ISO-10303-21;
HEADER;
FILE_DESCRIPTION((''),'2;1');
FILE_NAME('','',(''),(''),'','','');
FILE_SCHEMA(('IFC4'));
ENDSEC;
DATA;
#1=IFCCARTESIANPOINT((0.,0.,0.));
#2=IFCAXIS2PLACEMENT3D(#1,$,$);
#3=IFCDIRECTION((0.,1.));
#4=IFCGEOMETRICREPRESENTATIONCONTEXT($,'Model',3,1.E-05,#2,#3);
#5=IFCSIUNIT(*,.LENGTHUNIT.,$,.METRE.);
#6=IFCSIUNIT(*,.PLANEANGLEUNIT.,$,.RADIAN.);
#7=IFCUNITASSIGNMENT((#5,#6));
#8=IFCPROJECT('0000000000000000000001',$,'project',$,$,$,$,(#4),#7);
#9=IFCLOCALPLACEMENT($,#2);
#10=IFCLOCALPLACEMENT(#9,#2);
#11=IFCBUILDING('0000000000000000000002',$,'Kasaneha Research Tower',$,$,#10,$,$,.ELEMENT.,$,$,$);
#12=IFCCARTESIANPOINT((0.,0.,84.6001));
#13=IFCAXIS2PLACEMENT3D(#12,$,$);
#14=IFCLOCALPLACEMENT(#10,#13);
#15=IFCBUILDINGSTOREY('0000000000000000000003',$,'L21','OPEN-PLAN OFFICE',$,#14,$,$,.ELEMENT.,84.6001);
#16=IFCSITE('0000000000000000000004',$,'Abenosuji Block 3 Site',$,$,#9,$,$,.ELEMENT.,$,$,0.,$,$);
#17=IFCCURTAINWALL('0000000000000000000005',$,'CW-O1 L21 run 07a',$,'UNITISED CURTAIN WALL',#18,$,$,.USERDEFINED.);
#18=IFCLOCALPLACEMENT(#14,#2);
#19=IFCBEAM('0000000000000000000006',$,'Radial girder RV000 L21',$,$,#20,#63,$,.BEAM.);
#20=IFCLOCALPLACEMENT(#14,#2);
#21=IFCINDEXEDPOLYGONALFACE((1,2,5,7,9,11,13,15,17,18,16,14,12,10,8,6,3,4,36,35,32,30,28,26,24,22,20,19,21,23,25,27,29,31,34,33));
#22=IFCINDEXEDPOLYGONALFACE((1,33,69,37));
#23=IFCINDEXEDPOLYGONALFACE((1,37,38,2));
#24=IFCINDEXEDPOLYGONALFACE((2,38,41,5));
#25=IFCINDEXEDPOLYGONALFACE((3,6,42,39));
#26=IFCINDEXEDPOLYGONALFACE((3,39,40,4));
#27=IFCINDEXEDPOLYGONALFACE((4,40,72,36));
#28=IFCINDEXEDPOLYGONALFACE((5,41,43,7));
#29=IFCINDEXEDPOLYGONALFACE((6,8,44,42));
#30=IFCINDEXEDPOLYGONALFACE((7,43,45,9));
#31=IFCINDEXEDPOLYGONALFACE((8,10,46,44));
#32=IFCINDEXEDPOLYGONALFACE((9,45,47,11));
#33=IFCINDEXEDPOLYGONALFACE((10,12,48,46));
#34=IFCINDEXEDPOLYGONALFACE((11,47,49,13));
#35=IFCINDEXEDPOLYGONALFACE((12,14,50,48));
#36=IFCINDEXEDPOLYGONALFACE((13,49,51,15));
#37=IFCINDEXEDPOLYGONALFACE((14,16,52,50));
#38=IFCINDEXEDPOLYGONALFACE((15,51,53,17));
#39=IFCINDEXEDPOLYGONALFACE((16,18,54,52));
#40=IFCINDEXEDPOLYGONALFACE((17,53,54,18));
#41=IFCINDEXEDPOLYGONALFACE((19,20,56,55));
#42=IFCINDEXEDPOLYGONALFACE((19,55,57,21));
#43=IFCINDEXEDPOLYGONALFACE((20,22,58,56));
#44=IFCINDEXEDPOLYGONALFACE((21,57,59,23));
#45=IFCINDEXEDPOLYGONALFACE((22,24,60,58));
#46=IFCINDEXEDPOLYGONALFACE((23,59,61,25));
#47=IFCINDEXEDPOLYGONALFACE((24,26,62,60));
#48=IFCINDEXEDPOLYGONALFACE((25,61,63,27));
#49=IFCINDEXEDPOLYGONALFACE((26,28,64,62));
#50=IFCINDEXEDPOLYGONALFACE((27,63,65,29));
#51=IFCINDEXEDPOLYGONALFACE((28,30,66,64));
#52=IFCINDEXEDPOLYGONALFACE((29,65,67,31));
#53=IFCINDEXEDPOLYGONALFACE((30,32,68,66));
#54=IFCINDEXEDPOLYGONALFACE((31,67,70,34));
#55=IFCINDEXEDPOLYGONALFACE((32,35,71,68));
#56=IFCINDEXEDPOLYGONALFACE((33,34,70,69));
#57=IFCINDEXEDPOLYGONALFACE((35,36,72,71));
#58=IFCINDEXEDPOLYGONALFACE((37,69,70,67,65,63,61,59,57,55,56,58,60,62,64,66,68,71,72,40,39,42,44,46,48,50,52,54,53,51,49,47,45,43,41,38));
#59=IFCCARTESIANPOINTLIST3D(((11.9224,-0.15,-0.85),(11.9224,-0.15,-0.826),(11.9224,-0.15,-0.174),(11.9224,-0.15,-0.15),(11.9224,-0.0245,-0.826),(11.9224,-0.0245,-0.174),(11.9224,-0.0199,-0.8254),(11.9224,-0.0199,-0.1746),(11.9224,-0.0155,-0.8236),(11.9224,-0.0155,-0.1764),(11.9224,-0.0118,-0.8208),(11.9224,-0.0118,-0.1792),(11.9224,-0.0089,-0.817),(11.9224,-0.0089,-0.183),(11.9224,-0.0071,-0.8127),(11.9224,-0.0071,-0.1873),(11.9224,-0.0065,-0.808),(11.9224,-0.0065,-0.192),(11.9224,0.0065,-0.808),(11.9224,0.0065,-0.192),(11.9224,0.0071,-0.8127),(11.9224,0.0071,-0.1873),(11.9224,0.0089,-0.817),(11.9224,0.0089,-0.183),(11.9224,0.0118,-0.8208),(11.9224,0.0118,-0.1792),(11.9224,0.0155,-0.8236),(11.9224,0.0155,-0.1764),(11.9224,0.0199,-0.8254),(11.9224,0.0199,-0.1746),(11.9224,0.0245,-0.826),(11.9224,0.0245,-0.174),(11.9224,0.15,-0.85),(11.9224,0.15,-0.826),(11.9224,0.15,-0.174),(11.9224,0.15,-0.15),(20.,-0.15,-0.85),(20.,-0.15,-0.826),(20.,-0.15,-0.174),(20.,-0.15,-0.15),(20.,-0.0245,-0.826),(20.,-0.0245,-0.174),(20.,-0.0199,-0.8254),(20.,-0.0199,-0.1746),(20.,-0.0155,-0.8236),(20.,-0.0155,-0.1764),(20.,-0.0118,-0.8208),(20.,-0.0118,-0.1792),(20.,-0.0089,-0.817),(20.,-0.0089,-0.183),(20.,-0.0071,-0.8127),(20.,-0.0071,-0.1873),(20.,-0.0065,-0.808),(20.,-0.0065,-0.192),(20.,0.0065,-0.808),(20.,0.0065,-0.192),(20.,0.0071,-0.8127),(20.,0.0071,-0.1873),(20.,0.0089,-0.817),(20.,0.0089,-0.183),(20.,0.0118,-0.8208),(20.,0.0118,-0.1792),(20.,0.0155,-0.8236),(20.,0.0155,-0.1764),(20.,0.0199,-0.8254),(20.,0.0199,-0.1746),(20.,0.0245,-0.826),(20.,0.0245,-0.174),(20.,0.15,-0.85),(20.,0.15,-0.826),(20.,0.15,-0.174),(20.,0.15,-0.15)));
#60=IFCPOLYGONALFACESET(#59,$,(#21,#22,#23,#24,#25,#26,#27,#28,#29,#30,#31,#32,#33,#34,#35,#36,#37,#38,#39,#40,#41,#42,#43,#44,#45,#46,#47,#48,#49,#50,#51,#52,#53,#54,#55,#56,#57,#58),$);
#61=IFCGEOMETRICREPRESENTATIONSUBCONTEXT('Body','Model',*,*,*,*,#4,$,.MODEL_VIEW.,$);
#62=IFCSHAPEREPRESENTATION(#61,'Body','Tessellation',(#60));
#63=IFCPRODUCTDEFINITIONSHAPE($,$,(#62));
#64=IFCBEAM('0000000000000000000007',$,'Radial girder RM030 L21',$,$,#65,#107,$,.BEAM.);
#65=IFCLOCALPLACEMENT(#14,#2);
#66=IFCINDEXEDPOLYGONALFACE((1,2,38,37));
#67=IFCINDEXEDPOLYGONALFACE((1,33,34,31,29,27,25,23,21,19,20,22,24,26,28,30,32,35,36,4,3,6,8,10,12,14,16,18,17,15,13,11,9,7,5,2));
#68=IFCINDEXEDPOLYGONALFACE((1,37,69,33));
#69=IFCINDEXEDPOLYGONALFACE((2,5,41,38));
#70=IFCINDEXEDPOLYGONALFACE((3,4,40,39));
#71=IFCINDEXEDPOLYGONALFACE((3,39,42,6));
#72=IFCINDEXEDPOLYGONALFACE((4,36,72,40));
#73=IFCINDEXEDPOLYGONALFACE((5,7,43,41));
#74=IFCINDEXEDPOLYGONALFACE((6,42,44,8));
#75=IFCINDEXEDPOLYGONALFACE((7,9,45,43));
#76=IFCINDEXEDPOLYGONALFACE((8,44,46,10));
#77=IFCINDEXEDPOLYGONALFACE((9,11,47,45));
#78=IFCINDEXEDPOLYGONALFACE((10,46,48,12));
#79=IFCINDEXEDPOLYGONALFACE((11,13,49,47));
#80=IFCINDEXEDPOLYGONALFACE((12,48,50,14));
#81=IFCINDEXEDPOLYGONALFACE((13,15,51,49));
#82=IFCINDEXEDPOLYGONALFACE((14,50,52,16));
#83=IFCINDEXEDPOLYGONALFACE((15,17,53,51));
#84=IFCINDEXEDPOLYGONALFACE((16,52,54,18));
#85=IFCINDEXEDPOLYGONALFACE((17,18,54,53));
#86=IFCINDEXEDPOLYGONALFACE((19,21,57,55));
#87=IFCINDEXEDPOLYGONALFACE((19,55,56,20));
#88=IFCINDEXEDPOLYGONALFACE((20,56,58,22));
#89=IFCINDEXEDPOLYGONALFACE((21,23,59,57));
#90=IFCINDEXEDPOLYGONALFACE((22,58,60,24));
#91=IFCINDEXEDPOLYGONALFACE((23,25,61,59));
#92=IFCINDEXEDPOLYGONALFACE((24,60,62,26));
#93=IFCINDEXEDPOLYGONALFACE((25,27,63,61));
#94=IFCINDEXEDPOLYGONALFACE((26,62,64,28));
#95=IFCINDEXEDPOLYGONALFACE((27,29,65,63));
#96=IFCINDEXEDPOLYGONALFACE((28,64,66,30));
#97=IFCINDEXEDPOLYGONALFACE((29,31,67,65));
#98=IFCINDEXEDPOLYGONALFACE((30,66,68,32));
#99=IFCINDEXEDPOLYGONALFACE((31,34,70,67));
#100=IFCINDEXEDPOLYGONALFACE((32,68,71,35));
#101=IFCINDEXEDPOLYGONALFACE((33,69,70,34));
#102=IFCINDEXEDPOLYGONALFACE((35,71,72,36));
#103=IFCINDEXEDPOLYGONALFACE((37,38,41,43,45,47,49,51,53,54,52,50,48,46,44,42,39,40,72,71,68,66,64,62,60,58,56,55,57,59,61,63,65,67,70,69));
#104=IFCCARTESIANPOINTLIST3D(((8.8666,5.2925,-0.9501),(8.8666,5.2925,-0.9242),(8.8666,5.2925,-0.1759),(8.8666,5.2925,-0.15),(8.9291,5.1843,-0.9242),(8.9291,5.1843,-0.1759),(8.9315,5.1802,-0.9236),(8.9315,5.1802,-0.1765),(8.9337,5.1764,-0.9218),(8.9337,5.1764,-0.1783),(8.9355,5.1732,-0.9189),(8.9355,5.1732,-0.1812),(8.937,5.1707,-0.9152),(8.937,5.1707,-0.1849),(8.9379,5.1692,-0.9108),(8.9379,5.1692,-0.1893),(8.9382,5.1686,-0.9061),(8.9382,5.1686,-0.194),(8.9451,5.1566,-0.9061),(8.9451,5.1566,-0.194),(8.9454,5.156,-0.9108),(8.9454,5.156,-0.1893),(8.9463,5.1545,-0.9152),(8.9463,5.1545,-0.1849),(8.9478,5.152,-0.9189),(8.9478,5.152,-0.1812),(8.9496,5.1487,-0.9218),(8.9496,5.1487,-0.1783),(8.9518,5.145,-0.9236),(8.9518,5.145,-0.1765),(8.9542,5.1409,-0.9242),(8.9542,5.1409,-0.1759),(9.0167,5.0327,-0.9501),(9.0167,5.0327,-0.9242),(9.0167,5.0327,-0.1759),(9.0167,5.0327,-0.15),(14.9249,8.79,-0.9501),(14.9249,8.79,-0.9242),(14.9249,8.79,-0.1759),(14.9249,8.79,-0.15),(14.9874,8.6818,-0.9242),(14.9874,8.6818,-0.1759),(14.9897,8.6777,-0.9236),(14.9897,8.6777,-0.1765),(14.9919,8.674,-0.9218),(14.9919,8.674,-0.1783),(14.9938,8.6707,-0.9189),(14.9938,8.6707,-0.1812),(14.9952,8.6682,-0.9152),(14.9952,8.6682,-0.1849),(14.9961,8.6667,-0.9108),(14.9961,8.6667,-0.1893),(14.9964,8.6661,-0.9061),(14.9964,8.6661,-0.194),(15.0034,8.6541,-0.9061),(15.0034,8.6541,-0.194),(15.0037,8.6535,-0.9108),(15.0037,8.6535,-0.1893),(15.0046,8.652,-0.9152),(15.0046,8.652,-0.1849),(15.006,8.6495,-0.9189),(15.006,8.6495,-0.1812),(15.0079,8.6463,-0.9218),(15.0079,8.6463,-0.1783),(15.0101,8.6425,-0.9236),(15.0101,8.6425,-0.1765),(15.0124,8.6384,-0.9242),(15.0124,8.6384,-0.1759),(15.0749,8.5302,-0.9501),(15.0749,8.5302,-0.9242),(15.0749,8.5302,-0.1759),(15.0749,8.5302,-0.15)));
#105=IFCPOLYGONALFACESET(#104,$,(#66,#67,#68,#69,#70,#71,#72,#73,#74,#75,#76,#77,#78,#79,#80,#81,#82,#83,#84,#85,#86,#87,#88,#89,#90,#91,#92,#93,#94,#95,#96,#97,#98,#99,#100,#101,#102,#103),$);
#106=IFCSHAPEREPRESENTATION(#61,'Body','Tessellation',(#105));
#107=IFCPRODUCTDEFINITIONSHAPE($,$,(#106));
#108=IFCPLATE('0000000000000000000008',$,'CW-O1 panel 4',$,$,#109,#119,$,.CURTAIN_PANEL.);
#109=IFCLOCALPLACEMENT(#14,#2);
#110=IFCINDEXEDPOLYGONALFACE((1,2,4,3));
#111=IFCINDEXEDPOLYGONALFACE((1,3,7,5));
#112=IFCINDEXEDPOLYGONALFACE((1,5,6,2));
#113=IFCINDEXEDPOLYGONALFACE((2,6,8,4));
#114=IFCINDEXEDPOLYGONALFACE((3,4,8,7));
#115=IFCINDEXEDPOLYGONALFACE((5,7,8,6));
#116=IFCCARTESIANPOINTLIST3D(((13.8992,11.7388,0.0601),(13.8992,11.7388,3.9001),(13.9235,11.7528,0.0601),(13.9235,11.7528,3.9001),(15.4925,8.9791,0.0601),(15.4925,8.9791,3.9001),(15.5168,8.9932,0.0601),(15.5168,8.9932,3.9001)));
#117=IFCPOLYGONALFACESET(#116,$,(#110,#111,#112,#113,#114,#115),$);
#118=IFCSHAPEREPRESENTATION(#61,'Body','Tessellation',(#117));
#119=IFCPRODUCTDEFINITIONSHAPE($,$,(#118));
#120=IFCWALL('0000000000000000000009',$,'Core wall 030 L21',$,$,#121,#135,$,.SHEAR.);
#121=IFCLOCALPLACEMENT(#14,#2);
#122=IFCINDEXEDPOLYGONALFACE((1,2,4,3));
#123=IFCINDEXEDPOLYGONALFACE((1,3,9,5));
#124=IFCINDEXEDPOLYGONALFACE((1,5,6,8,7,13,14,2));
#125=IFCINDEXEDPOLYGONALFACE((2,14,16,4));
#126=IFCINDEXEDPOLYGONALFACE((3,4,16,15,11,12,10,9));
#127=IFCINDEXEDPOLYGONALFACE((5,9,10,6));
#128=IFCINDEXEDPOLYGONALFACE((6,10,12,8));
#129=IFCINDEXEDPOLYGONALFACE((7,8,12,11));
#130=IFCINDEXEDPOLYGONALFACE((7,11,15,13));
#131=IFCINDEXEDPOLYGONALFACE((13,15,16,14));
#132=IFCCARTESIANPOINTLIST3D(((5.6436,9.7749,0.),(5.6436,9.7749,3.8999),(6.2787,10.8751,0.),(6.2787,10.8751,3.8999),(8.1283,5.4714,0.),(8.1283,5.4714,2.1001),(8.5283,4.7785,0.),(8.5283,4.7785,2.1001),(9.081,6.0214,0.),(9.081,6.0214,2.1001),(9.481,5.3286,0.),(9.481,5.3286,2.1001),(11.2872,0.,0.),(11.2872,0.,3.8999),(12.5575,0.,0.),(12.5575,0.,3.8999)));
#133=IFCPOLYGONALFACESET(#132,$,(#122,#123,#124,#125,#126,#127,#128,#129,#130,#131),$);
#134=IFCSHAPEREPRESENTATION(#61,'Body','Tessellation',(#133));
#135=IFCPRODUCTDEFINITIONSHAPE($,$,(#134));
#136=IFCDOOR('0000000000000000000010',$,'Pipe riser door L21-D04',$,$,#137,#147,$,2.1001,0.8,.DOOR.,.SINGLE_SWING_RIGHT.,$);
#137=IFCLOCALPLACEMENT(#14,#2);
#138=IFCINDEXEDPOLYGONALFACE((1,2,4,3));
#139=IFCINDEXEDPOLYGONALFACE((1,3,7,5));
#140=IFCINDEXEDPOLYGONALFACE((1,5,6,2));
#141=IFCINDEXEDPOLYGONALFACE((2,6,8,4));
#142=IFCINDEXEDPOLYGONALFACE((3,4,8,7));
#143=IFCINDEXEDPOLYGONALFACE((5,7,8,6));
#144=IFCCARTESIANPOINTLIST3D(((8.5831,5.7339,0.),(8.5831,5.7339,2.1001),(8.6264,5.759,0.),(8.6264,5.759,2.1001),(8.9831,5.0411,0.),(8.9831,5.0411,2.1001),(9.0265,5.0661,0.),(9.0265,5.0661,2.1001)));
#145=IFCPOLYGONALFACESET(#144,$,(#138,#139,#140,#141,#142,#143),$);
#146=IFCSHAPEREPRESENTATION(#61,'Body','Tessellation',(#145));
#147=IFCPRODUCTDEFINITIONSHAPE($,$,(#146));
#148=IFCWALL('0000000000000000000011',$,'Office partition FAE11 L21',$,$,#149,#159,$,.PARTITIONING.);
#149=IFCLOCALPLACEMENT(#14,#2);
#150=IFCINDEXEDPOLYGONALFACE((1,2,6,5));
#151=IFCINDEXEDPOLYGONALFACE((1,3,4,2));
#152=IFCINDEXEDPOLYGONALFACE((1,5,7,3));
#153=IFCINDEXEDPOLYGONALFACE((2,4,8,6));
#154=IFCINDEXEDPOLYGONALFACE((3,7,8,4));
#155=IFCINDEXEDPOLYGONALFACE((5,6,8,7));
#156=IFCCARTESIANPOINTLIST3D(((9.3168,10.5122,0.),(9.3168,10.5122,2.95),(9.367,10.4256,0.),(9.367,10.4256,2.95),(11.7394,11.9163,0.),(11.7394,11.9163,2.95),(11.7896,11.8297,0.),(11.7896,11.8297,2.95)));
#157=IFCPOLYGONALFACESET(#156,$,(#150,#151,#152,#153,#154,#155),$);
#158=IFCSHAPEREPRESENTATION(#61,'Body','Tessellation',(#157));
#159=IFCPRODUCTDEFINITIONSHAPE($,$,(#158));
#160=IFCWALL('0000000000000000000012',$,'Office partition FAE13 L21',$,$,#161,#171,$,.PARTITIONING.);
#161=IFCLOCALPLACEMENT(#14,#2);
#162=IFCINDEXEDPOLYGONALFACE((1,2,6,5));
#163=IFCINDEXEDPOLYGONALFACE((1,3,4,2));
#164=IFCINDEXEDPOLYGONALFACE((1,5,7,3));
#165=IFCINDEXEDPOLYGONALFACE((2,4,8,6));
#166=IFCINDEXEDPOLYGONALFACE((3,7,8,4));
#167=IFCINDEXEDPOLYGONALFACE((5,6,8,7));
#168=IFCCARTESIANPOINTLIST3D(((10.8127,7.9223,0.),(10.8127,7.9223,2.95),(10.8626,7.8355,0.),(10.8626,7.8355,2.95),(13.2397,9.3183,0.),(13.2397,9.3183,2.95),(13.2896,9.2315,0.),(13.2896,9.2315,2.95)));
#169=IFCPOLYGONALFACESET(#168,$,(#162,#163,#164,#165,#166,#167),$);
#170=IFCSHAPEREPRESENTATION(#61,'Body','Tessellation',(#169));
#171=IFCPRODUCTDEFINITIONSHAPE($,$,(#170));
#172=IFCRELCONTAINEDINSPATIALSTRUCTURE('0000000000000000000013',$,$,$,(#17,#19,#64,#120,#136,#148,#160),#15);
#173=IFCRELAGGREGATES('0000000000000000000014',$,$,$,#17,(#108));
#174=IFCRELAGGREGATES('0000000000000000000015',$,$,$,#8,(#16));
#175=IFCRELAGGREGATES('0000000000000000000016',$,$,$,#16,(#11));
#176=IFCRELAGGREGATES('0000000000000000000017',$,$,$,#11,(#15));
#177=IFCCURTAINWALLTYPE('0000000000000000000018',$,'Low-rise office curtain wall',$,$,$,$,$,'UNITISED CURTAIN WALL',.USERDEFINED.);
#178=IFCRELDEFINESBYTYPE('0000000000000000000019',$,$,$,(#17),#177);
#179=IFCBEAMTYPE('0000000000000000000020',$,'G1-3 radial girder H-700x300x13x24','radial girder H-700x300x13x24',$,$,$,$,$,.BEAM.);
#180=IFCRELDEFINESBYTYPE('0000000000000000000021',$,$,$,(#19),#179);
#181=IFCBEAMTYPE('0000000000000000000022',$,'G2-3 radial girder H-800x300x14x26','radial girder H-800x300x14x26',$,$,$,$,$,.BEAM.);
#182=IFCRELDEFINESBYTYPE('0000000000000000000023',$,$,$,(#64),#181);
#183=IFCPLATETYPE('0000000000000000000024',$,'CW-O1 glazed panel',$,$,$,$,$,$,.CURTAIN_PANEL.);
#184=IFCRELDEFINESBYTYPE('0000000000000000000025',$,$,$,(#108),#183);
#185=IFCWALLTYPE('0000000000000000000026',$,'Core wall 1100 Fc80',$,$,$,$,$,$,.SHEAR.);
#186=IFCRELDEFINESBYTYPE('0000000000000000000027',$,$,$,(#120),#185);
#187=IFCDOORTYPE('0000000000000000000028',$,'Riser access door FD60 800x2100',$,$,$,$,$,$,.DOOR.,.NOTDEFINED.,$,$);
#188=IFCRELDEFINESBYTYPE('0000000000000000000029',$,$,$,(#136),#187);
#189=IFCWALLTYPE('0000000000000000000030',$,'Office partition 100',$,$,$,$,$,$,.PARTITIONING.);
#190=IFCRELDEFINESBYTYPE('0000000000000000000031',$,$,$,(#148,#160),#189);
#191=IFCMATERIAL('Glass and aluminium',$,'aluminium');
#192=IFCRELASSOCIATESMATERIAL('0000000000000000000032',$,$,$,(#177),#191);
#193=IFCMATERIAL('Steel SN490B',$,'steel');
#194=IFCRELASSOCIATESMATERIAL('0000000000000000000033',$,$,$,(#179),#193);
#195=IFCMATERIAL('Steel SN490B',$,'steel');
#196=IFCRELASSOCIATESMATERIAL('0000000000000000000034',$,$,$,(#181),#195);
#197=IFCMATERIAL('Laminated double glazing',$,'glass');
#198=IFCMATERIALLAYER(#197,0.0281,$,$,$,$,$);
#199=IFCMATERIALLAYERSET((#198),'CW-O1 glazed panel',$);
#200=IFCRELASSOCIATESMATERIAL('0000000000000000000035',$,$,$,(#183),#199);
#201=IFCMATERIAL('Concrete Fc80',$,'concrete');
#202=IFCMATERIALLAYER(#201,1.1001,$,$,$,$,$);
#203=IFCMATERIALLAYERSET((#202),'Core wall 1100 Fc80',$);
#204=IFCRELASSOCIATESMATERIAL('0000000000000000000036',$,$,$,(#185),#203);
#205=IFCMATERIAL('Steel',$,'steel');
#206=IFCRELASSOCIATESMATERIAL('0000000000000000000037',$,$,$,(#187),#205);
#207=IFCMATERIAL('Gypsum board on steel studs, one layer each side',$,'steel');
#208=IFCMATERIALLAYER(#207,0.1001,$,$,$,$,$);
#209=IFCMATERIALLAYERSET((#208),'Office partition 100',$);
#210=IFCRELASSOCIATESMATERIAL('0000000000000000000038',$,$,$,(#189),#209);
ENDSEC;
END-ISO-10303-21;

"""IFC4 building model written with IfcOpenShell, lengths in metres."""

from ifc_helpers import new_model, si_unit, direction, frame, frame_2d, origin, origin_2d, place, context, subcontext, project, spatial, polyline, rectangle, i_section, outline, extrude, material, layer, layer_set, material_profile, profile_set, type_object, element, fill, aggregate, save


model = new_model("IFC4")

# Units and contexts
model_context = context("Model", 3, precision=1e-05, world=origin(), true_north=direction((0.0, 1.0)))
body_context = subcontext(model_context, "Body", "Model", "MODEL_VIEW")
ifc_project = project(units=[si_unit("LENGTHUNIT", "METRE"), si_unit("PLANEANGLEUNIT", "RADIAN")], contexts=[model_context])

# Site, building, storey
site_placement = place(None, origin())
site = spatial("IfcSite", under=ifc_project, at=site_placement, Name="Abenosuji Block 3 Site", CompositionType="ELEMENT", RefElevation=0.0)
building_placement = place(site_placement, origin())
building = spatial("IfcBuilding", under=site, at=building_placement, Name="Kasaneha Research Tower", CompositionType="ELEMENT")
storey_placement = place(building_placement, frame((0.0, 0.0, 84.6001)))
storey = spatial("IfcBuildingStorey", under=building, at=storey_placement, Name="L21", Description="OPEN-PLAN OFFICE", CompositionType="ELEMENT", Elevation=84.6001)

# Curtain wall
ifc_material_1 = material(Name="Glass and aluminium", Category="aluminium")
curtain_wall_type = type_object("IfcCurtainWallType", Name="Low-rise office curtain wall", ElementType="UNITISED CURTAIN WALL", PredefinedType="USERDEFINED", material=ifc_material_1)
curtain_wall_placement = place(storey_placement, origin())
curtain_wall = element("IfcCurtainWall", 1, at=curtain_wall_placement, inside=storey, type_object=curtain_wall_type, Name="CW-O1 L21 run 07a", ObjectType="UNITISED CURTAIN WALL", PredefinedType="USERDEFINED")

# Beams
ifc_material_2 = material(Name="Steel SN490B", Category="steel")
ifc_material_profile_1 = material_profile(ifc_material_2, i_section(OverallWidth=0.3, OverallDepth=0.7, WebThickness=0.0129, FlangeThickness=0.0239, FilletRadius=0.0181, at=origin_2d()), Name="H-700x300x13x24")
ifc_profile_set_1 = profile_set([ifc_material_profile_1], Name="Steel SN490B")
beam_type_1 = type_object("IfcBeamType", Name="G1-3 radial girder H-700x300x13x24", Description="radial girder H-700x300x13x24", PredefinedType="BEAM", material=ifc_profile_set_1)
beam_1_placement = place(storey_placement, frame((11.9224, 0.0, -0.5), z_axis=(1.0, 0.0, 0.0), x_axis=(0.0, 1.0, 0.0)))
element("IfcBeam", 2, at=beam_1_placement, inside=storey, type_object=beam_type_1, Name="Radial girder RV000 L21", PredefinedType="BEAM", context=body_context, shape_type="SweptSolid", body=[
    extrude(i_section(OverallWidth=0.3, OverallDepth=0.7, WebThickness=0.0129, FlangeThickness=0.0239, FilletRadius=0.0181, at=origin_2d()), origin(), (0.0, 0.0, 1.0), 8.0776),
])
ifc_material_3 = material(Name="Steel SN490B", Category="steel")
ifc_material_profile_2 = material_profile(ifc_material_3, i_section(OverallWidth=0.3, OverallDepth=0.8, WebThickness=0.0139, FlangeThickness=0.0259, FilletRadius=0.0181, at=origin_2d()), Name="H-800x300x14x26")
ifc_profile_set_2 = profile_set([ifc_material_profile_2], Name="Steel SN490B")
beam_type_2 = type_object("IfcBeamType", Name="G2-3 radial girder H-800x300x14x26", Description="radial girder H-800x300x14x26", PredefinedType="BEAM", material=ifc_profile_set_2)
beam_2_placement = place(storey_placement, frame((8.9417, 5.1626, -0.55), z_axis=(0.86604, 0.499975, 0.0), x_axis=(-0.499975, 0.86604, 0.0)))
element("IfcBeam", 3, at=beam_2_placement, inside=storey, type_object=beam_type_2, Name="Radial girder RM030 L21", PredefinedType="BEAM", context=body_context, shape_type="SweptSolid", body=[
    extrude(i_section(OverallWidth=0.3, OverallDepth=0.8, WebThickness=0.0139, FlangeThickness=0.0259, FilletRadius=0.0181, at=origin_2d()), origin(), (0.0, 0.0, 1.0), 6.9954),
])

# Plate
ifc_material_4 = material(Name="Laminated double glazing", Category="glass")
ifc_layer_1 = layer(ifc_material_4, 0.0281)
ifc_layer_set_1 = layer_set([ifc_layer_1], Name="CW-O1 glazed panel")
plate_type = type_object("IfcPlateType", Name="CW-O1 glazed panel", PredefinedType="CURTAIN_PANEL", material=ifc_layer_set_1)
plate_placement = place(storey_placement, frame((14.708, 10.366, 0.0601), z_axis=(0.0, 0.0, 1.0), x_axis=(-0.5, 0.866025, 0.0)))
plate = element("IfcPlate", 4, at=plate_placement, type_object=plate_type, Name="CW-O1 panel 4", PredefinedType="CURTAIN_PANEL", context=body_context, shape_type="SweptSolid", body=[
    extrude(rectangle(XDim=3.1865, YDim=0.0281, at=origin_2d()), origin(), (0.0, 0.0, 1.0), 3.8401),
])
aggregate(curtain_wall, [plate])

# Wall, opening, door
ifc_material_5 = material(Name="Concrete Fc80", Category="concrete")
ifc_layer_2 = layer(ifc_material_5, 1.1001)
ifc_layer_set_2 = layer_set([ifc_layer_2], Name="Core wall 1100 Fc80")
wall_type_1 = type_object("IfcWallType", Name="Core wall 1100 Fc80", PredefinedType="SHEAR", material=ifc_layer_set_2)
wall_1_placement = place(storey_placement, frame((11.9224, 0.0, 0.0), z_axis=(0.0, 0.0, 1.0), x_axis=(-0.500004, 0.866023, 0.0)))
wall_1 = element("IfcWall", 5, at=wall_1_placement, inside=storey, type_object=wall_type_1, Name="Core wall 030 L21", PredefinedType="SHEAR", context=body_context, shape_type="SweptSolid", body=[
    extrude(outline(polyline([(-0.3176, -0.55), (5.8354, -0.55), (6.6355, -0.55), (12.24, -0.55), (11.6047, 0.55), (6.6355, 0.55), (5.8354, 0.55), (0.3176, 0.55), (-0.3176, -0.55)])), origin(), (0.0, 0.0, 1.0), 3.8999),
])
opening_1_placement = place(wall_1_placement, frame((5.8354, 0.0, 0.0)))
opening_1 = element("IfcOpeningElement", 6, at=opening_1_placement, cuts=wall_1, PredefinedType="OPENING", context=body_context, shape_type="SweptSolid", body=[
    extrude(rectangle(XDim=0.8, YDim=2.1001, at=frame_2d((0.3999, 1.05))), frame((0.0, 0.5601, 0.0), z_axis=(0.0, -1.0, 0.0), x_axis=(1.0, 0.0, 0.0)), (0.0, 0.0, 1.0), 1.1201),
])
ifc_material_6 = material(Name="Steel", Category="steel")
door_type_1 = type_object("IfcDoorType", Name="Riser access door FD60 800x2100", OperationType="NOTDEFINED", PredefinedType="DOOR", material=ifc_material_6)
door_1_placement = place(opening_1_placement, origin())
door_1 = element("IfcDoor", 7, at=door_1_placement, inside=storey, type_object=door_type_1, Name="Pipe riser door L21-D04", OperationType="SINGLE_SWING_RIGHT", OverallHeight=2.1001, OverallWidth=0.8, PredefinedType="DOOR", context=body_context, shape_type="SweptSolid", body=[
    extrude(rectangle(XDim=0.8, YDim=2.1001, at=frame_2d((0.3999, 1.05))), frame((0.0, 0.0249, 0.0), z_axis=(0.0, -1.0, 0.0), x_axis=(1.0, 0.0, 0.0)), (0.0, 0.0, 1.0), 0.05),
])
fill(opening_1, door_1)

# Walls
ifc_material_7 = material(Name="Gypsum board on steel studs, one layer each side", Category="steel")
ifc_layer_3 = layer(ifc_material_7, 0.1001)
ifc_layer_set_3 = layer_set([ifc_layer_3], Name="Office partition 100")
wall_type_2 = type_object("IfcWallType", Name="Office partition 100", PredefinedType="PARTITIONING", material=ifc_layer_set_3)
wall_2_placement = place(storey_placement, frame((9.342, 10.469, 0.0), z_axis=(0.0, 0.0, 1.0), x_axis=(0.865195, 0.501435, 0.0)))
element("IfcWall", 8, at=wall_2_placement, inside=storey, type_object=wall_type_2, Name="Office partition FAE11 L21", PredefinedType="PARTITIONING", context=body_context, shape_type="SweptSolid", body=[
    extrude(rectangle(XDim=2.8, YDim=0.1001, at=frame_2d((1.3999, 0.0))), origin(), (0.0, 0.0, 1.0), 2.95),
])
wall_3_placement = place(storey_placement, frame((13.2646, 9.2749, 0.0), z_axis=(0.0, 0.0, 1.0), x_axis=(-0.866834, -0.498597, 0.0)))
element("IfcWall", 9, at=wall_3_placement, inside=storey, type_object=wall_type_2, Name="Office partition FAE13 L21", PredefinedType="PARTITIONING", context=body_context, shape_type="SweptSolid", body=[
    extrude(rectangle(XDim=2.7998, YDim=0.1001, at=frame_2d((1.3999, 0.0))), origin(), (0.0, 0.0, 1.0), 2.95),
])

save(model, "model.ifc")
